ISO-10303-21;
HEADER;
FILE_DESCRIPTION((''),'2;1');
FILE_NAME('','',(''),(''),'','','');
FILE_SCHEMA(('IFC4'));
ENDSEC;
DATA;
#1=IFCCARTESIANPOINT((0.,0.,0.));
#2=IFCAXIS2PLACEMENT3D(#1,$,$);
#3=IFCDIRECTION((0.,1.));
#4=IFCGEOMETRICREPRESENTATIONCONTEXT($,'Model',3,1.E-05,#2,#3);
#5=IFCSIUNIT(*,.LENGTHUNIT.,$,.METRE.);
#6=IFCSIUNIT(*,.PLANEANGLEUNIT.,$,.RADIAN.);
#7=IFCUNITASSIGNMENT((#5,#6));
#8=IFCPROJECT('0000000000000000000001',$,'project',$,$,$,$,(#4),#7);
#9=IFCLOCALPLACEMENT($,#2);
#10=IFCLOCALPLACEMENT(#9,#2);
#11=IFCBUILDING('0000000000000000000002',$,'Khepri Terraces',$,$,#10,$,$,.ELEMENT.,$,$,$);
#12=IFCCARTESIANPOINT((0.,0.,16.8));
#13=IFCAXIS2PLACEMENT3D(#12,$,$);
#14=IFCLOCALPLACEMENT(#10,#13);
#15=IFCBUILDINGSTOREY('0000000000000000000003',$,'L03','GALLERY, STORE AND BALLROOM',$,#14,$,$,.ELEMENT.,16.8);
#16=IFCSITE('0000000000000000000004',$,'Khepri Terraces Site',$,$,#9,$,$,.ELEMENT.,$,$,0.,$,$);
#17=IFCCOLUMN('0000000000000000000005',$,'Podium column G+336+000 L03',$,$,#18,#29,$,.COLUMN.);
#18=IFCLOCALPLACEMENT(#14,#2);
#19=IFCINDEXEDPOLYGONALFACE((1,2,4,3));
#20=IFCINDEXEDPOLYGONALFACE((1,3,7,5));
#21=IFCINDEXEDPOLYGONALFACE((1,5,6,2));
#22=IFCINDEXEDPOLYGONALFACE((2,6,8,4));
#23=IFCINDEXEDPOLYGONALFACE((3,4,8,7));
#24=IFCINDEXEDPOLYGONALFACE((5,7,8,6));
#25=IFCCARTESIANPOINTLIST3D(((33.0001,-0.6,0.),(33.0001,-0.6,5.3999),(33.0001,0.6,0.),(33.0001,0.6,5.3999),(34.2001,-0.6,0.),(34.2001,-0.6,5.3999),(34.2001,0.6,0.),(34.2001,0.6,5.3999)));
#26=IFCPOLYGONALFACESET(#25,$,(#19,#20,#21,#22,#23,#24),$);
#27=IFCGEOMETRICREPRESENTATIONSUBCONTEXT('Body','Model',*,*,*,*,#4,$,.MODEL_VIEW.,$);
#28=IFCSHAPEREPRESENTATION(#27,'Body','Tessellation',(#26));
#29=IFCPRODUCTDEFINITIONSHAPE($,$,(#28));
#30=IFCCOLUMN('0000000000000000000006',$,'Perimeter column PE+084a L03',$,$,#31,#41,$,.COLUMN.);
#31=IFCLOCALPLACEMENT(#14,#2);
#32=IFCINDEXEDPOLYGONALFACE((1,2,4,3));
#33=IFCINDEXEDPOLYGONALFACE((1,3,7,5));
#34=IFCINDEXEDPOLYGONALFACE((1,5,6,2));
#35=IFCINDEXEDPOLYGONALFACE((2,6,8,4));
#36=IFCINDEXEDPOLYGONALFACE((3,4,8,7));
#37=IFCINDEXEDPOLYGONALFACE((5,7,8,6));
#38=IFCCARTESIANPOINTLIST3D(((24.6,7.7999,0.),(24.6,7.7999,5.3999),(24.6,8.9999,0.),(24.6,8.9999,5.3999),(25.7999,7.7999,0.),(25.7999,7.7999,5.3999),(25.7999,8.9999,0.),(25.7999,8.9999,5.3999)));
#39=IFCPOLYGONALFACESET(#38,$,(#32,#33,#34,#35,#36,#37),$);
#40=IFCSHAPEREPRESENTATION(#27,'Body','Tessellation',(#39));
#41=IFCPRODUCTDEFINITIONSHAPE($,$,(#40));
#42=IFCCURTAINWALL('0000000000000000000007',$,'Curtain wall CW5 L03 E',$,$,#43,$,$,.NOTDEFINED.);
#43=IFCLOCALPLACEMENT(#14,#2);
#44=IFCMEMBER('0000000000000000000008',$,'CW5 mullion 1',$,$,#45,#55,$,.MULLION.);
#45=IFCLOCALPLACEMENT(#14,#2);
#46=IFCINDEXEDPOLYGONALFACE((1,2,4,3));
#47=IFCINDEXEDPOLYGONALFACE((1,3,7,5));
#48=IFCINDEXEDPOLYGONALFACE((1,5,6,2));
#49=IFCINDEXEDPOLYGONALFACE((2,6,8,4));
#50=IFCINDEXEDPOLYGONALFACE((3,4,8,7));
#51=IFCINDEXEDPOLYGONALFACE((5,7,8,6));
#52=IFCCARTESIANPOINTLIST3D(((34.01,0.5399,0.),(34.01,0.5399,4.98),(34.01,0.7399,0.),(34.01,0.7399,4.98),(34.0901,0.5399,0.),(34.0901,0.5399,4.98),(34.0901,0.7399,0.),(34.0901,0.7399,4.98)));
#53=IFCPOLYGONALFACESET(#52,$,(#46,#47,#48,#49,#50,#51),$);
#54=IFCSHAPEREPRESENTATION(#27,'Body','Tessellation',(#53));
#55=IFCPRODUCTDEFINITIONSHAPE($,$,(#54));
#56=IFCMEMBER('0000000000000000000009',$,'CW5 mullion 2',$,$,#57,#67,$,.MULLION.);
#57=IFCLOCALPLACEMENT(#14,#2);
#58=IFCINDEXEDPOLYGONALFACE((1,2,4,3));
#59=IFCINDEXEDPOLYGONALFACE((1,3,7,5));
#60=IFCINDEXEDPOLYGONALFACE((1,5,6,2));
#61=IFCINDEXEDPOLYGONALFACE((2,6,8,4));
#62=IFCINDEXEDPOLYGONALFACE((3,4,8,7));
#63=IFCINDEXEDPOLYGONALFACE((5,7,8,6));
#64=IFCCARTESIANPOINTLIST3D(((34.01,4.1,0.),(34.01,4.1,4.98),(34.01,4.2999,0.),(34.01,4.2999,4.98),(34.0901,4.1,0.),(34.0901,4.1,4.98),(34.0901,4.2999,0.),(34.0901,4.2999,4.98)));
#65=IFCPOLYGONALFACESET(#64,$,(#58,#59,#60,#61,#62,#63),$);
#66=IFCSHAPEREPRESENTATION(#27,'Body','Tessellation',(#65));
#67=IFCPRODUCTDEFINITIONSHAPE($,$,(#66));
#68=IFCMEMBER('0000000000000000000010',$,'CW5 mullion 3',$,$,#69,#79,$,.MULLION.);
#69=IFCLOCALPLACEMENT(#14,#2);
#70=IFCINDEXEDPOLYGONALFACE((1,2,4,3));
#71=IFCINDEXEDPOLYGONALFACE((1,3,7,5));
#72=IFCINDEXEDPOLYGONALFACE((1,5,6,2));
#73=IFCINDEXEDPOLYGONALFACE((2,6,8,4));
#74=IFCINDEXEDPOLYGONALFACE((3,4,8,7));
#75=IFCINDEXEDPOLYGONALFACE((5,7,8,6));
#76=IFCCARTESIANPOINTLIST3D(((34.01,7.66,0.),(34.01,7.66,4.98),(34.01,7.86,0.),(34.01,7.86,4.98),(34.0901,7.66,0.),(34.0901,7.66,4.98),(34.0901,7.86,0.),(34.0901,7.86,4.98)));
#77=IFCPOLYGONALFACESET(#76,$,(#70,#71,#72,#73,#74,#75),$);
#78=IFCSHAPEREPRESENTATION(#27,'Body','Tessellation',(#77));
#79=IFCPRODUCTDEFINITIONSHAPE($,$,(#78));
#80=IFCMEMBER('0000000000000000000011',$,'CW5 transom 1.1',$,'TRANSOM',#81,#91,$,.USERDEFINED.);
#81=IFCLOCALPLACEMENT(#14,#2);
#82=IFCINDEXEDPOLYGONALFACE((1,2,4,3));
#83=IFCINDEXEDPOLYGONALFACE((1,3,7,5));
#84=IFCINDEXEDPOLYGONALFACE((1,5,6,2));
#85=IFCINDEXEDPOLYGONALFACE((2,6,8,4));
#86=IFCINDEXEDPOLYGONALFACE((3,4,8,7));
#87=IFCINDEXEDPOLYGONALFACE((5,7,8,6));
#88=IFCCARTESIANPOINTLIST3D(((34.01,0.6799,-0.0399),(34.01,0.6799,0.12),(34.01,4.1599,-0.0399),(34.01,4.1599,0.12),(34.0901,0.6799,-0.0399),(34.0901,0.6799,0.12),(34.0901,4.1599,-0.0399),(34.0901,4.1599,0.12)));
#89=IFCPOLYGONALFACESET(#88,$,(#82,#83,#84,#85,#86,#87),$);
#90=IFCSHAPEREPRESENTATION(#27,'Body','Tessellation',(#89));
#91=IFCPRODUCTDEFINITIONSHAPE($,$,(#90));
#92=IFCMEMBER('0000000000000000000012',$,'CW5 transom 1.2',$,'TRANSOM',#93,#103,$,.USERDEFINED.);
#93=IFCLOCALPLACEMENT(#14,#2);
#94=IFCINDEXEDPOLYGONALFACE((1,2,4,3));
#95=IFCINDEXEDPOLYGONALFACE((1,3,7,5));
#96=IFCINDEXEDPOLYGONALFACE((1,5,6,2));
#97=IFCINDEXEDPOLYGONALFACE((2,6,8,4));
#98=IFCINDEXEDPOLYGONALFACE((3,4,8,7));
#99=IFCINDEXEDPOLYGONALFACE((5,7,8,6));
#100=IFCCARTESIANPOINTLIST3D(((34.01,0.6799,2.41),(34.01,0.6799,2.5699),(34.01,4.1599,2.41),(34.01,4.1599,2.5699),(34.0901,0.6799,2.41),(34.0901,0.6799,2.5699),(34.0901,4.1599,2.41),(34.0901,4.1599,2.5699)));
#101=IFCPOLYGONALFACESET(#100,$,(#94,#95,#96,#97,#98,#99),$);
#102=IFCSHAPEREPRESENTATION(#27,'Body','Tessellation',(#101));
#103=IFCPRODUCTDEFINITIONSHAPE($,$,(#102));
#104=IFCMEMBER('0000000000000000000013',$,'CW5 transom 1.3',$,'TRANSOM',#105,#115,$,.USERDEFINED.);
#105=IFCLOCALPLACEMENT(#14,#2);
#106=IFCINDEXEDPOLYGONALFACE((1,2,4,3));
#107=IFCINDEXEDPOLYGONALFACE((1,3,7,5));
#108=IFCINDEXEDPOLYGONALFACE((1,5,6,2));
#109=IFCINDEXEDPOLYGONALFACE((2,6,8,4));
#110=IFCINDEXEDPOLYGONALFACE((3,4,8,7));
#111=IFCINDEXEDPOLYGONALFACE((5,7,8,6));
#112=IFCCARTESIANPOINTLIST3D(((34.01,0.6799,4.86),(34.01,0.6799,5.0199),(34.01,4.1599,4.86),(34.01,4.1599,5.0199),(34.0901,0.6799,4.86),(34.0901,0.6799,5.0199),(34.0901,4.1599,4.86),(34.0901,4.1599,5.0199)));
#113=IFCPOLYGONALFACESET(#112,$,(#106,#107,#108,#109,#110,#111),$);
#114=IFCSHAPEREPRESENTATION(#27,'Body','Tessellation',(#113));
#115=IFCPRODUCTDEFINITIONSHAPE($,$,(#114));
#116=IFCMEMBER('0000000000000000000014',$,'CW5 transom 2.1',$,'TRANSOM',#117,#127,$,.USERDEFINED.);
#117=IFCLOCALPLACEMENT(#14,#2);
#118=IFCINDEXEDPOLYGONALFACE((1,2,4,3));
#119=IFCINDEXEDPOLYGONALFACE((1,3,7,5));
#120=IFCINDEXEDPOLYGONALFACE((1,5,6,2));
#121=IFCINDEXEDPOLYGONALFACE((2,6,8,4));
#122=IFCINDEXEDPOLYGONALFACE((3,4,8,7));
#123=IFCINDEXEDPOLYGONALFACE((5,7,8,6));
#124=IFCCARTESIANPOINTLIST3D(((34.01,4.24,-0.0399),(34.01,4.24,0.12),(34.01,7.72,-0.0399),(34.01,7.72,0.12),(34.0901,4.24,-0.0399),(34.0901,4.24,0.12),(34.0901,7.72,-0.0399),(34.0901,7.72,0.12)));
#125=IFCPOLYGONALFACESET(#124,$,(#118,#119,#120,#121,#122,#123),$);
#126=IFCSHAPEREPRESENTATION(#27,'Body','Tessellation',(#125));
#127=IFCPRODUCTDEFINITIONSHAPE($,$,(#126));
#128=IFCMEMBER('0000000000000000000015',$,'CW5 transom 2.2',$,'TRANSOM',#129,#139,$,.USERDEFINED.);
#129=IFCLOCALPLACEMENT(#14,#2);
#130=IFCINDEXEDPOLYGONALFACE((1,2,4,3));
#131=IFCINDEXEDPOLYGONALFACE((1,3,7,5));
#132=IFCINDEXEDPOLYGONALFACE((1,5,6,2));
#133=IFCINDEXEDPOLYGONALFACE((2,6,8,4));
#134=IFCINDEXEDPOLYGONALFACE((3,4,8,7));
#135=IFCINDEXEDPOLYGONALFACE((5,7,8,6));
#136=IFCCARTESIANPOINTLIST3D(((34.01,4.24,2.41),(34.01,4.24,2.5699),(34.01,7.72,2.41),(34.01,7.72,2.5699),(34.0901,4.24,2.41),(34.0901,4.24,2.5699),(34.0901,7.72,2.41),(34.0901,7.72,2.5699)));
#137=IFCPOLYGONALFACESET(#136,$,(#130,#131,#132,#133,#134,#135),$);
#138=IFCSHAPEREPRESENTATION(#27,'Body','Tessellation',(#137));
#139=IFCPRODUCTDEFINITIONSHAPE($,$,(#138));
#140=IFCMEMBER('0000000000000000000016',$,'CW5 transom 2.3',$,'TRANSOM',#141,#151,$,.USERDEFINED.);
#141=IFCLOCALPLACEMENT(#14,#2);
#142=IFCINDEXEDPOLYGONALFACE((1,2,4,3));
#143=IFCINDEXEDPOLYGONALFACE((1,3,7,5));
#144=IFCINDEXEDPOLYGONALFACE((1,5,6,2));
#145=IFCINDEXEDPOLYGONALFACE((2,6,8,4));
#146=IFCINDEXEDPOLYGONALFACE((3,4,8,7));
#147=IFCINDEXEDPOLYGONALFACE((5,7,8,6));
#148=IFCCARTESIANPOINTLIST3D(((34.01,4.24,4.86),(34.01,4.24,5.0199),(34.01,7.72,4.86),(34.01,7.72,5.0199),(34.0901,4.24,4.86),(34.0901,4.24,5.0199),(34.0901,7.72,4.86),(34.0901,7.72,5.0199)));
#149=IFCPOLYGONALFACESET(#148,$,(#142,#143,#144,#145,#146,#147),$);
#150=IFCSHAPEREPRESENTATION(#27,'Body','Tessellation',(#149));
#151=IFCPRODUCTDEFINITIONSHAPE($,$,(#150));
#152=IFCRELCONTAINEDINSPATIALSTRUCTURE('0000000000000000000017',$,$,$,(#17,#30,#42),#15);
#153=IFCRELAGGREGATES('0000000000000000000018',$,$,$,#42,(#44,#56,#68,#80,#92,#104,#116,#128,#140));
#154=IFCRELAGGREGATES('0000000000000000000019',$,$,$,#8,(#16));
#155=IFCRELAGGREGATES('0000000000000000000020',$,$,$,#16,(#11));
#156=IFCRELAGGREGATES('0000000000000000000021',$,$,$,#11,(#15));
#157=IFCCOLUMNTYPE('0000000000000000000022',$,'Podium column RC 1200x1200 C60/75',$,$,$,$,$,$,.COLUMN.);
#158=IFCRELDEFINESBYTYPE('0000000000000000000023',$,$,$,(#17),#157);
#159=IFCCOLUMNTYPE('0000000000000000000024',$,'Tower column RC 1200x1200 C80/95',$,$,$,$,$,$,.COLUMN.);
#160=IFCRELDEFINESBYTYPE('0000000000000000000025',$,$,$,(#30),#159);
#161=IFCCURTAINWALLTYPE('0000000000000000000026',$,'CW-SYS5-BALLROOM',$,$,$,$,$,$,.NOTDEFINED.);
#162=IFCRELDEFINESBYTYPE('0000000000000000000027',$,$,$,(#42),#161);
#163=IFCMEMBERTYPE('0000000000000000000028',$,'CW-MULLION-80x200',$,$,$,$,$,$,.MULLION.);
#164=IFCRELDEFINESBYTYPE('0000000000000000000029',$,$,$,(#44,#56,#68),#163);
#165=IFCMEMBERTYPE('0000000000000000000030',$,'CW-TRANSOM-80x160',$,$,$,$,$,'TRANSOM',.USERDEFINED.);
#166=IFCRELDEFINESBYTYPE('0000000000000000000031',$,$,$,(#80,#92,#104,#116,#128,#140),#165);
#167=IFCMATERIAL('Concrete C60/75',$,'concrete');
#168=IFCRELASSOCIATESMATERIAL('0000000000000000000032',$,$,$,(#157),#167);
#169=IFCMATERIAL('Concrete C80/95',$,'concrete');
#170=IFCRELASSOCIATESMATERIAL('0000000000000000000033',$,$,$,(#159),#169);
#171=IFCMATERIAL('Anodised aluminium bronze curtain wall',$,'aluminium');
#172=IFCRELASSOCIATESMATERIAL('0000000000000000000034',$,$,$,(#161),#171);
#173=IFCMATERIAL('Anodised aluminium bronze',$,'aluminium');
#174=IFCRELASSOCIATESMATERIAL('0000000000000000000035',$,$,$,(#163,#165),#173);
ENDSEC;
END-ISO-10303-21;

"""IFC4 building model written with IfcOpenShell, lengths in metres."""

from ifc_helpers import new_model, si_unit, direction, frame, origin, origin_2d, place, context, subcontext, project, spatial, rectangle, extrude, material, material_profile, profile_set, type_object, element, aggregate, save


model = new_model("IFC4")

# Units and contexts
model_context = context("Model", 3, precision=1e-05, world=origin(), true_north=direction((0.0, 1.0)))
body_context = subcontext(model_context, "Body", "Model", "MODEL_VIEW")
ifc_project = project(units=[si_unit("LENGTHUNIT", "METRE"), si_unit("PLANEANGLEUNIT", "RADIAN")], contexts=[model_context])

# Site, building, storey
site_placement = place(None, origin())
site = spatial("IfcSite", under=ifc_project, at=site_placement, Name="Khepri Terraces Site", CompositionType="ELEMENT", RefElevation=0.0)
building_placement = place(site_placement, origin())
building = spatial("IfcBuilding", under=site, at=building_placement, Name="Khepri Terraces", CompositionType="ELEMENT")
storey_placement = place(building_placement, frame((0.0, 0.0, 16.8)))
storey = spatial("IfcBuildingStorey", under=building, at=storey_placement, Name="L03", Description="GALLERY, STORE AND BALLROOM", CompositionType="ELEMENT", Elevation=16.8)

# Columns
ifc_material_1 = material(Name="Concrete C60/75", Category="concrete")
ifc_material_profile_1 = material_profile(ifc_material_1, rectangle(XDim=1.2, YDim=1.2, at=origin_2d()), Name="Concrete C60/75", Category="concrete")
ifc_profile_set_1 = profile_set([ifc_material_profile_1], Name="Concrete C60/75")
column_type_1 = type_object("IfcColumnType", Name="Podium column RC 1200x1200 C60/75", PredefinedType="COLUMN", material=ifc_profile_set_1)
column_1_placement = place(storey_placement, frame((33.6001, 0.0, 0.0), z_axis=(0.0, 0.0, 1.0), x_axis=(1.0, 0.0, 0.0)))
element("IfcColumn", 1, at=column_1_placement, inside=storey, type_object=column_type_1, Name="Podium column G+336+000 L03", PredefinedType="COLUMN", context=body_context, shape_type="SweptSolid", body=[
    extrude(rectangle(XDim=1.2, YDim=1.2, at=origin_2d()), origin(), (0.0, 0.0, 1.0), 5.3999),
])
ifc_material_2 = material(Name="Concrete C80/95", Category="concrete")
ifc_material_profile_2 = material_profile(ifc_material_2, rectangle(XDim=1.2, YDim=1.2, at=origin_2d()), Name="Concrete C80/95", Category="concrete")
ifc_profile_set_2 = profile_set([ifc_material_profile_2], Name="Concrete C80/95")
column_type_2 = type_object("IfcColumnType", Name="Tower column RC 1200x1200 C80/95", PredefinedType="COLUMN", material=ifc_profile_set_2)
column_2_placement = place(storey_placement, frame((25.2, 8.3999, 0.0), z_axis=(0.0, 0.0, 1.0), x_axis=(1.0, 0.0, 0.0)))
element("IfcColumn", 2, at=column_2_placement, inside=storey, type_object=column_type_2, Name="Perimeter column PE+084a L03", PredefinedType="COLUMN", context=body_context, shape_type="SweptSolid", body=[
    extrude(rectangle(XDim=1.2, YDim=1.2, at=origin_2d()), origin(), (0.0, 0.0, 1.0), 5.3999),
])

# Curtain wall, members
ifc_material_3 = material(Name="Anodised aluminium bronze curtain wall", Category="aluminium")
curtain_wall_type = type_object("IfcCurtainWallType", Name="CW-SYS5-BALLROOM", PredefinedType="NOTDEFINED", material=ifc_material_3)
curtain_wall_placement = place(storey_placement, origin())
curtain_wall = element("IfcCurtainWall", 3, at=curtain_wall_placement, inside=storey, type_object=curtain_wall_type, Name="Curtain wall CW5 L03 E", PredefinedType="NOTDEFINED")
ifc_material_4 = material(Name="Anodised aluminium bronze", Category="aluminium")
ifc_material_profile_3 = material_profile(ifc_material_4, rectangle(XDim=0.0801, YDim=0.2, at=origin_2d()), Name="Anodised aluminium bronze", Category="aluminium")
ifc_profile_set_3 = profile_set([ifc_material_profile_3], Name="Anodised aluminium bronze")
member_type_1 = type_object("IfcMemberType", Name="CW-MULLION-80x200", PredefinedType="MULLION", material=ifc_profile_set_3)
member_1_placement = place(storey_placement, frame((34.05, 0.6399, 0.0), z_axis=(0.0, 0.0, 1.0), x_axis=(-1.0, 0.0, 0.0)))
member_1 = element("IfcMember", 4, at=member_1_placement, type_object=member_type_1, Name="CW5 mullion 1", PredefinedType="MULLION", context=body_context, shape_type="SweptSolid", body=[
    extrude(rectangle(XDim=0.0801, YDim=0.2, at=origin_2d()), origin(), (0.0, 0.0, 1.0), 4.98),
])
member_2_placement = place(storey_placement, frame((34.05, 4.2, 0.0), z_axis=(0.0, 0.0, 1.0), x_axis=(-1.0, 0.0, 0.0)))
member_2 = element("IfcMember", 5, at=member_2_placement, type_object=member_type_1, Name="CW5 mullion 2", PredefinedType="MULLION", context=body_context, shape_type="SweptSolid", body=[
    extrude(rectangle(XDim=0.0801, YDim=0.2, at=origin_2d()), origin(), (0.0, 0.0, 1.0), 4.98),
])
member_3_placement = place(storey_placement, frame((34.05, 7.76, 0.0), z_axis=(0.0, 0.0, 1.0), x_axis=(-1.0, 0.0, 0.0)))
member_3 = element("IfcMember", 6, at=member_3_placement, type_object=member_type_1, Name="CW5 mullion 3", PredefinedType="MULLION", context=body_context, shape_type="SweptSolid", body=[
    extrude(rectangle(XDim=0.0801, YDim=0.2, at=origin_2d()), origin(), (0.0, 0.0, 1.0), 4.98),
])
ifc_material_profile_4 = material_profile(ifc_material_4, rectangle(XDim=0.0801, YDim=0.1599, at=origin_2d()), Name="Anodised aluminium bronze", Category="aluminium")
ifc_profile_set_4 = profile_set([ifc_material_profile_4], Name="Anodised aluminium bronze")
member_type_2 = type_object("IfcMemberType", Name="CW-TRANSOM-80x160", ElementType="TRANSOM", PredefinedType="USERDEFINED", material=ifc_profile_set_4)
member_4_placement = place(storey_placement, frame((34.05, 0.6799, 0.04), z_axis=(0.0, 1.0, 0.0), x_axis=(-1.0, 0.0, 0.0)))
member_4 = element("IfcMember", 7, at=member_4_placement, type_object=member_type_2, Name="CW5 transom 1.1", ObjectType="TRANSOM", PredefinedType="USERDEFINED", context=body_context, shape_type="SweptSolid", body=[
    extrude(rectangle(XDim=0.0801, YDim=0.1599, at=origin_2d()), origin(), (0.0, 0.0, 1.0), 3.48),
])
member_5_placement = place(storey_placement, frame((34.05, 0.6799, 2.49), z_axis=(0.0, 1.0, 0.0), x_axis=(-1.0, 0.0, 0.0)))
member_5 = element("IfcMember", 8, at=member_5_placement, type_object=member_type_2, Name="CW5 transom 1.2", ObjectType="TRANSOM", PredefinedType="USERDEFINED", context=body_context, shape_type="SweptSolid", body=[
    extrude(rectangle(XDim=0.0801, YDim=0.1599, at=origin_2d()), origin(), (0.0, 0.0, 1.0), 3.48),
])
member_6_placement = place(storey_placement, frame((34.05, 0.6799, 4.9399), z_axis=(0.0, 1.0, 0.0), x_axis=(-1.0, 0.0, 0.0)))
member_6 = element("IfcMember", 9, at=member_6_placement, type_object=member_type_2, Name="CW5 transom 1.3", ObjectType="TRANSOM", PredefinedType="USERDEFINED", context=body_context, shape_type="SweptSolid", body=[
    extrude(rectangle(XDim=0.0801, YDim=0.1599, at=origin_2d()), origin(), (0.0, 0.0, 1.0), 3.48),
])
member_7_placement = place(storey_placement, frame((34.05, 4.24, 0.04), z_axis=(0.0, 1.0, 0.0), x_axis=(-1.0, 0.0, 0.0)))
member_7 = element("IfcMember", 10, at=member_7_placement, type_object=member_type_2, Name="CW5 transom 2.1", ObjectType="TRANSOM", PredefinedType="USERDEFINED", context=body_context, shape_type="SweptSolid", body=[
    extrude(rectangle(XDim=0.0801, YDim=0.1599, at=origin_2d()), origin(), (0.0, 0.0, 1.0), 3.48),
])
member_8_placement = place(storey_placement, frame((34.05, 4.24, 2.49), z_axis=(0.0, 1.0, 0.0), x_axis=(-1.0, 0.0, 0.0)))
member_8 = element("IfcMember", 11, at=member_8_placement, type_object=member_type_2, Name="CW5 transom 2.2", ObjectType="TRANSOM", PredefinedType="USERDEFINED", context=body_context, shape_type="SweptSolid", body=[
    extrude(rectangle(XDim=0.0801, YDim=0.1599, at=origin_2d()), origin(), (0.0, 0.0, 1.0), 3.48),
])
member_9_placement = place(storey_placement, frame((34.05, 4.24, 4.9399), z_axis=(0.0, 1.0, 0.0), x_axis=(-1.0, 0.0, 0.0)))
member_9 = element("IfcMember", 12, at=member_9_placement, type_object=member_type_2, Name="CW5 transom 2.3", ObjectType="TRANSOM", PredefinedType="USERDEFINED", context=body_context, shape_type="SweptSolid", body=[
    extrude(rectangle(XDim=0.0801, YDim=0.1599, at=origin_2d()), origin(), (0.0, 0.0, 1.0), 3.48),
])

aggregate(curtain_wall, [member_1, member_2, member_3, member_4, member_5, member_6, member_7, member_8, member_9])

save(model, "model.ifc")
